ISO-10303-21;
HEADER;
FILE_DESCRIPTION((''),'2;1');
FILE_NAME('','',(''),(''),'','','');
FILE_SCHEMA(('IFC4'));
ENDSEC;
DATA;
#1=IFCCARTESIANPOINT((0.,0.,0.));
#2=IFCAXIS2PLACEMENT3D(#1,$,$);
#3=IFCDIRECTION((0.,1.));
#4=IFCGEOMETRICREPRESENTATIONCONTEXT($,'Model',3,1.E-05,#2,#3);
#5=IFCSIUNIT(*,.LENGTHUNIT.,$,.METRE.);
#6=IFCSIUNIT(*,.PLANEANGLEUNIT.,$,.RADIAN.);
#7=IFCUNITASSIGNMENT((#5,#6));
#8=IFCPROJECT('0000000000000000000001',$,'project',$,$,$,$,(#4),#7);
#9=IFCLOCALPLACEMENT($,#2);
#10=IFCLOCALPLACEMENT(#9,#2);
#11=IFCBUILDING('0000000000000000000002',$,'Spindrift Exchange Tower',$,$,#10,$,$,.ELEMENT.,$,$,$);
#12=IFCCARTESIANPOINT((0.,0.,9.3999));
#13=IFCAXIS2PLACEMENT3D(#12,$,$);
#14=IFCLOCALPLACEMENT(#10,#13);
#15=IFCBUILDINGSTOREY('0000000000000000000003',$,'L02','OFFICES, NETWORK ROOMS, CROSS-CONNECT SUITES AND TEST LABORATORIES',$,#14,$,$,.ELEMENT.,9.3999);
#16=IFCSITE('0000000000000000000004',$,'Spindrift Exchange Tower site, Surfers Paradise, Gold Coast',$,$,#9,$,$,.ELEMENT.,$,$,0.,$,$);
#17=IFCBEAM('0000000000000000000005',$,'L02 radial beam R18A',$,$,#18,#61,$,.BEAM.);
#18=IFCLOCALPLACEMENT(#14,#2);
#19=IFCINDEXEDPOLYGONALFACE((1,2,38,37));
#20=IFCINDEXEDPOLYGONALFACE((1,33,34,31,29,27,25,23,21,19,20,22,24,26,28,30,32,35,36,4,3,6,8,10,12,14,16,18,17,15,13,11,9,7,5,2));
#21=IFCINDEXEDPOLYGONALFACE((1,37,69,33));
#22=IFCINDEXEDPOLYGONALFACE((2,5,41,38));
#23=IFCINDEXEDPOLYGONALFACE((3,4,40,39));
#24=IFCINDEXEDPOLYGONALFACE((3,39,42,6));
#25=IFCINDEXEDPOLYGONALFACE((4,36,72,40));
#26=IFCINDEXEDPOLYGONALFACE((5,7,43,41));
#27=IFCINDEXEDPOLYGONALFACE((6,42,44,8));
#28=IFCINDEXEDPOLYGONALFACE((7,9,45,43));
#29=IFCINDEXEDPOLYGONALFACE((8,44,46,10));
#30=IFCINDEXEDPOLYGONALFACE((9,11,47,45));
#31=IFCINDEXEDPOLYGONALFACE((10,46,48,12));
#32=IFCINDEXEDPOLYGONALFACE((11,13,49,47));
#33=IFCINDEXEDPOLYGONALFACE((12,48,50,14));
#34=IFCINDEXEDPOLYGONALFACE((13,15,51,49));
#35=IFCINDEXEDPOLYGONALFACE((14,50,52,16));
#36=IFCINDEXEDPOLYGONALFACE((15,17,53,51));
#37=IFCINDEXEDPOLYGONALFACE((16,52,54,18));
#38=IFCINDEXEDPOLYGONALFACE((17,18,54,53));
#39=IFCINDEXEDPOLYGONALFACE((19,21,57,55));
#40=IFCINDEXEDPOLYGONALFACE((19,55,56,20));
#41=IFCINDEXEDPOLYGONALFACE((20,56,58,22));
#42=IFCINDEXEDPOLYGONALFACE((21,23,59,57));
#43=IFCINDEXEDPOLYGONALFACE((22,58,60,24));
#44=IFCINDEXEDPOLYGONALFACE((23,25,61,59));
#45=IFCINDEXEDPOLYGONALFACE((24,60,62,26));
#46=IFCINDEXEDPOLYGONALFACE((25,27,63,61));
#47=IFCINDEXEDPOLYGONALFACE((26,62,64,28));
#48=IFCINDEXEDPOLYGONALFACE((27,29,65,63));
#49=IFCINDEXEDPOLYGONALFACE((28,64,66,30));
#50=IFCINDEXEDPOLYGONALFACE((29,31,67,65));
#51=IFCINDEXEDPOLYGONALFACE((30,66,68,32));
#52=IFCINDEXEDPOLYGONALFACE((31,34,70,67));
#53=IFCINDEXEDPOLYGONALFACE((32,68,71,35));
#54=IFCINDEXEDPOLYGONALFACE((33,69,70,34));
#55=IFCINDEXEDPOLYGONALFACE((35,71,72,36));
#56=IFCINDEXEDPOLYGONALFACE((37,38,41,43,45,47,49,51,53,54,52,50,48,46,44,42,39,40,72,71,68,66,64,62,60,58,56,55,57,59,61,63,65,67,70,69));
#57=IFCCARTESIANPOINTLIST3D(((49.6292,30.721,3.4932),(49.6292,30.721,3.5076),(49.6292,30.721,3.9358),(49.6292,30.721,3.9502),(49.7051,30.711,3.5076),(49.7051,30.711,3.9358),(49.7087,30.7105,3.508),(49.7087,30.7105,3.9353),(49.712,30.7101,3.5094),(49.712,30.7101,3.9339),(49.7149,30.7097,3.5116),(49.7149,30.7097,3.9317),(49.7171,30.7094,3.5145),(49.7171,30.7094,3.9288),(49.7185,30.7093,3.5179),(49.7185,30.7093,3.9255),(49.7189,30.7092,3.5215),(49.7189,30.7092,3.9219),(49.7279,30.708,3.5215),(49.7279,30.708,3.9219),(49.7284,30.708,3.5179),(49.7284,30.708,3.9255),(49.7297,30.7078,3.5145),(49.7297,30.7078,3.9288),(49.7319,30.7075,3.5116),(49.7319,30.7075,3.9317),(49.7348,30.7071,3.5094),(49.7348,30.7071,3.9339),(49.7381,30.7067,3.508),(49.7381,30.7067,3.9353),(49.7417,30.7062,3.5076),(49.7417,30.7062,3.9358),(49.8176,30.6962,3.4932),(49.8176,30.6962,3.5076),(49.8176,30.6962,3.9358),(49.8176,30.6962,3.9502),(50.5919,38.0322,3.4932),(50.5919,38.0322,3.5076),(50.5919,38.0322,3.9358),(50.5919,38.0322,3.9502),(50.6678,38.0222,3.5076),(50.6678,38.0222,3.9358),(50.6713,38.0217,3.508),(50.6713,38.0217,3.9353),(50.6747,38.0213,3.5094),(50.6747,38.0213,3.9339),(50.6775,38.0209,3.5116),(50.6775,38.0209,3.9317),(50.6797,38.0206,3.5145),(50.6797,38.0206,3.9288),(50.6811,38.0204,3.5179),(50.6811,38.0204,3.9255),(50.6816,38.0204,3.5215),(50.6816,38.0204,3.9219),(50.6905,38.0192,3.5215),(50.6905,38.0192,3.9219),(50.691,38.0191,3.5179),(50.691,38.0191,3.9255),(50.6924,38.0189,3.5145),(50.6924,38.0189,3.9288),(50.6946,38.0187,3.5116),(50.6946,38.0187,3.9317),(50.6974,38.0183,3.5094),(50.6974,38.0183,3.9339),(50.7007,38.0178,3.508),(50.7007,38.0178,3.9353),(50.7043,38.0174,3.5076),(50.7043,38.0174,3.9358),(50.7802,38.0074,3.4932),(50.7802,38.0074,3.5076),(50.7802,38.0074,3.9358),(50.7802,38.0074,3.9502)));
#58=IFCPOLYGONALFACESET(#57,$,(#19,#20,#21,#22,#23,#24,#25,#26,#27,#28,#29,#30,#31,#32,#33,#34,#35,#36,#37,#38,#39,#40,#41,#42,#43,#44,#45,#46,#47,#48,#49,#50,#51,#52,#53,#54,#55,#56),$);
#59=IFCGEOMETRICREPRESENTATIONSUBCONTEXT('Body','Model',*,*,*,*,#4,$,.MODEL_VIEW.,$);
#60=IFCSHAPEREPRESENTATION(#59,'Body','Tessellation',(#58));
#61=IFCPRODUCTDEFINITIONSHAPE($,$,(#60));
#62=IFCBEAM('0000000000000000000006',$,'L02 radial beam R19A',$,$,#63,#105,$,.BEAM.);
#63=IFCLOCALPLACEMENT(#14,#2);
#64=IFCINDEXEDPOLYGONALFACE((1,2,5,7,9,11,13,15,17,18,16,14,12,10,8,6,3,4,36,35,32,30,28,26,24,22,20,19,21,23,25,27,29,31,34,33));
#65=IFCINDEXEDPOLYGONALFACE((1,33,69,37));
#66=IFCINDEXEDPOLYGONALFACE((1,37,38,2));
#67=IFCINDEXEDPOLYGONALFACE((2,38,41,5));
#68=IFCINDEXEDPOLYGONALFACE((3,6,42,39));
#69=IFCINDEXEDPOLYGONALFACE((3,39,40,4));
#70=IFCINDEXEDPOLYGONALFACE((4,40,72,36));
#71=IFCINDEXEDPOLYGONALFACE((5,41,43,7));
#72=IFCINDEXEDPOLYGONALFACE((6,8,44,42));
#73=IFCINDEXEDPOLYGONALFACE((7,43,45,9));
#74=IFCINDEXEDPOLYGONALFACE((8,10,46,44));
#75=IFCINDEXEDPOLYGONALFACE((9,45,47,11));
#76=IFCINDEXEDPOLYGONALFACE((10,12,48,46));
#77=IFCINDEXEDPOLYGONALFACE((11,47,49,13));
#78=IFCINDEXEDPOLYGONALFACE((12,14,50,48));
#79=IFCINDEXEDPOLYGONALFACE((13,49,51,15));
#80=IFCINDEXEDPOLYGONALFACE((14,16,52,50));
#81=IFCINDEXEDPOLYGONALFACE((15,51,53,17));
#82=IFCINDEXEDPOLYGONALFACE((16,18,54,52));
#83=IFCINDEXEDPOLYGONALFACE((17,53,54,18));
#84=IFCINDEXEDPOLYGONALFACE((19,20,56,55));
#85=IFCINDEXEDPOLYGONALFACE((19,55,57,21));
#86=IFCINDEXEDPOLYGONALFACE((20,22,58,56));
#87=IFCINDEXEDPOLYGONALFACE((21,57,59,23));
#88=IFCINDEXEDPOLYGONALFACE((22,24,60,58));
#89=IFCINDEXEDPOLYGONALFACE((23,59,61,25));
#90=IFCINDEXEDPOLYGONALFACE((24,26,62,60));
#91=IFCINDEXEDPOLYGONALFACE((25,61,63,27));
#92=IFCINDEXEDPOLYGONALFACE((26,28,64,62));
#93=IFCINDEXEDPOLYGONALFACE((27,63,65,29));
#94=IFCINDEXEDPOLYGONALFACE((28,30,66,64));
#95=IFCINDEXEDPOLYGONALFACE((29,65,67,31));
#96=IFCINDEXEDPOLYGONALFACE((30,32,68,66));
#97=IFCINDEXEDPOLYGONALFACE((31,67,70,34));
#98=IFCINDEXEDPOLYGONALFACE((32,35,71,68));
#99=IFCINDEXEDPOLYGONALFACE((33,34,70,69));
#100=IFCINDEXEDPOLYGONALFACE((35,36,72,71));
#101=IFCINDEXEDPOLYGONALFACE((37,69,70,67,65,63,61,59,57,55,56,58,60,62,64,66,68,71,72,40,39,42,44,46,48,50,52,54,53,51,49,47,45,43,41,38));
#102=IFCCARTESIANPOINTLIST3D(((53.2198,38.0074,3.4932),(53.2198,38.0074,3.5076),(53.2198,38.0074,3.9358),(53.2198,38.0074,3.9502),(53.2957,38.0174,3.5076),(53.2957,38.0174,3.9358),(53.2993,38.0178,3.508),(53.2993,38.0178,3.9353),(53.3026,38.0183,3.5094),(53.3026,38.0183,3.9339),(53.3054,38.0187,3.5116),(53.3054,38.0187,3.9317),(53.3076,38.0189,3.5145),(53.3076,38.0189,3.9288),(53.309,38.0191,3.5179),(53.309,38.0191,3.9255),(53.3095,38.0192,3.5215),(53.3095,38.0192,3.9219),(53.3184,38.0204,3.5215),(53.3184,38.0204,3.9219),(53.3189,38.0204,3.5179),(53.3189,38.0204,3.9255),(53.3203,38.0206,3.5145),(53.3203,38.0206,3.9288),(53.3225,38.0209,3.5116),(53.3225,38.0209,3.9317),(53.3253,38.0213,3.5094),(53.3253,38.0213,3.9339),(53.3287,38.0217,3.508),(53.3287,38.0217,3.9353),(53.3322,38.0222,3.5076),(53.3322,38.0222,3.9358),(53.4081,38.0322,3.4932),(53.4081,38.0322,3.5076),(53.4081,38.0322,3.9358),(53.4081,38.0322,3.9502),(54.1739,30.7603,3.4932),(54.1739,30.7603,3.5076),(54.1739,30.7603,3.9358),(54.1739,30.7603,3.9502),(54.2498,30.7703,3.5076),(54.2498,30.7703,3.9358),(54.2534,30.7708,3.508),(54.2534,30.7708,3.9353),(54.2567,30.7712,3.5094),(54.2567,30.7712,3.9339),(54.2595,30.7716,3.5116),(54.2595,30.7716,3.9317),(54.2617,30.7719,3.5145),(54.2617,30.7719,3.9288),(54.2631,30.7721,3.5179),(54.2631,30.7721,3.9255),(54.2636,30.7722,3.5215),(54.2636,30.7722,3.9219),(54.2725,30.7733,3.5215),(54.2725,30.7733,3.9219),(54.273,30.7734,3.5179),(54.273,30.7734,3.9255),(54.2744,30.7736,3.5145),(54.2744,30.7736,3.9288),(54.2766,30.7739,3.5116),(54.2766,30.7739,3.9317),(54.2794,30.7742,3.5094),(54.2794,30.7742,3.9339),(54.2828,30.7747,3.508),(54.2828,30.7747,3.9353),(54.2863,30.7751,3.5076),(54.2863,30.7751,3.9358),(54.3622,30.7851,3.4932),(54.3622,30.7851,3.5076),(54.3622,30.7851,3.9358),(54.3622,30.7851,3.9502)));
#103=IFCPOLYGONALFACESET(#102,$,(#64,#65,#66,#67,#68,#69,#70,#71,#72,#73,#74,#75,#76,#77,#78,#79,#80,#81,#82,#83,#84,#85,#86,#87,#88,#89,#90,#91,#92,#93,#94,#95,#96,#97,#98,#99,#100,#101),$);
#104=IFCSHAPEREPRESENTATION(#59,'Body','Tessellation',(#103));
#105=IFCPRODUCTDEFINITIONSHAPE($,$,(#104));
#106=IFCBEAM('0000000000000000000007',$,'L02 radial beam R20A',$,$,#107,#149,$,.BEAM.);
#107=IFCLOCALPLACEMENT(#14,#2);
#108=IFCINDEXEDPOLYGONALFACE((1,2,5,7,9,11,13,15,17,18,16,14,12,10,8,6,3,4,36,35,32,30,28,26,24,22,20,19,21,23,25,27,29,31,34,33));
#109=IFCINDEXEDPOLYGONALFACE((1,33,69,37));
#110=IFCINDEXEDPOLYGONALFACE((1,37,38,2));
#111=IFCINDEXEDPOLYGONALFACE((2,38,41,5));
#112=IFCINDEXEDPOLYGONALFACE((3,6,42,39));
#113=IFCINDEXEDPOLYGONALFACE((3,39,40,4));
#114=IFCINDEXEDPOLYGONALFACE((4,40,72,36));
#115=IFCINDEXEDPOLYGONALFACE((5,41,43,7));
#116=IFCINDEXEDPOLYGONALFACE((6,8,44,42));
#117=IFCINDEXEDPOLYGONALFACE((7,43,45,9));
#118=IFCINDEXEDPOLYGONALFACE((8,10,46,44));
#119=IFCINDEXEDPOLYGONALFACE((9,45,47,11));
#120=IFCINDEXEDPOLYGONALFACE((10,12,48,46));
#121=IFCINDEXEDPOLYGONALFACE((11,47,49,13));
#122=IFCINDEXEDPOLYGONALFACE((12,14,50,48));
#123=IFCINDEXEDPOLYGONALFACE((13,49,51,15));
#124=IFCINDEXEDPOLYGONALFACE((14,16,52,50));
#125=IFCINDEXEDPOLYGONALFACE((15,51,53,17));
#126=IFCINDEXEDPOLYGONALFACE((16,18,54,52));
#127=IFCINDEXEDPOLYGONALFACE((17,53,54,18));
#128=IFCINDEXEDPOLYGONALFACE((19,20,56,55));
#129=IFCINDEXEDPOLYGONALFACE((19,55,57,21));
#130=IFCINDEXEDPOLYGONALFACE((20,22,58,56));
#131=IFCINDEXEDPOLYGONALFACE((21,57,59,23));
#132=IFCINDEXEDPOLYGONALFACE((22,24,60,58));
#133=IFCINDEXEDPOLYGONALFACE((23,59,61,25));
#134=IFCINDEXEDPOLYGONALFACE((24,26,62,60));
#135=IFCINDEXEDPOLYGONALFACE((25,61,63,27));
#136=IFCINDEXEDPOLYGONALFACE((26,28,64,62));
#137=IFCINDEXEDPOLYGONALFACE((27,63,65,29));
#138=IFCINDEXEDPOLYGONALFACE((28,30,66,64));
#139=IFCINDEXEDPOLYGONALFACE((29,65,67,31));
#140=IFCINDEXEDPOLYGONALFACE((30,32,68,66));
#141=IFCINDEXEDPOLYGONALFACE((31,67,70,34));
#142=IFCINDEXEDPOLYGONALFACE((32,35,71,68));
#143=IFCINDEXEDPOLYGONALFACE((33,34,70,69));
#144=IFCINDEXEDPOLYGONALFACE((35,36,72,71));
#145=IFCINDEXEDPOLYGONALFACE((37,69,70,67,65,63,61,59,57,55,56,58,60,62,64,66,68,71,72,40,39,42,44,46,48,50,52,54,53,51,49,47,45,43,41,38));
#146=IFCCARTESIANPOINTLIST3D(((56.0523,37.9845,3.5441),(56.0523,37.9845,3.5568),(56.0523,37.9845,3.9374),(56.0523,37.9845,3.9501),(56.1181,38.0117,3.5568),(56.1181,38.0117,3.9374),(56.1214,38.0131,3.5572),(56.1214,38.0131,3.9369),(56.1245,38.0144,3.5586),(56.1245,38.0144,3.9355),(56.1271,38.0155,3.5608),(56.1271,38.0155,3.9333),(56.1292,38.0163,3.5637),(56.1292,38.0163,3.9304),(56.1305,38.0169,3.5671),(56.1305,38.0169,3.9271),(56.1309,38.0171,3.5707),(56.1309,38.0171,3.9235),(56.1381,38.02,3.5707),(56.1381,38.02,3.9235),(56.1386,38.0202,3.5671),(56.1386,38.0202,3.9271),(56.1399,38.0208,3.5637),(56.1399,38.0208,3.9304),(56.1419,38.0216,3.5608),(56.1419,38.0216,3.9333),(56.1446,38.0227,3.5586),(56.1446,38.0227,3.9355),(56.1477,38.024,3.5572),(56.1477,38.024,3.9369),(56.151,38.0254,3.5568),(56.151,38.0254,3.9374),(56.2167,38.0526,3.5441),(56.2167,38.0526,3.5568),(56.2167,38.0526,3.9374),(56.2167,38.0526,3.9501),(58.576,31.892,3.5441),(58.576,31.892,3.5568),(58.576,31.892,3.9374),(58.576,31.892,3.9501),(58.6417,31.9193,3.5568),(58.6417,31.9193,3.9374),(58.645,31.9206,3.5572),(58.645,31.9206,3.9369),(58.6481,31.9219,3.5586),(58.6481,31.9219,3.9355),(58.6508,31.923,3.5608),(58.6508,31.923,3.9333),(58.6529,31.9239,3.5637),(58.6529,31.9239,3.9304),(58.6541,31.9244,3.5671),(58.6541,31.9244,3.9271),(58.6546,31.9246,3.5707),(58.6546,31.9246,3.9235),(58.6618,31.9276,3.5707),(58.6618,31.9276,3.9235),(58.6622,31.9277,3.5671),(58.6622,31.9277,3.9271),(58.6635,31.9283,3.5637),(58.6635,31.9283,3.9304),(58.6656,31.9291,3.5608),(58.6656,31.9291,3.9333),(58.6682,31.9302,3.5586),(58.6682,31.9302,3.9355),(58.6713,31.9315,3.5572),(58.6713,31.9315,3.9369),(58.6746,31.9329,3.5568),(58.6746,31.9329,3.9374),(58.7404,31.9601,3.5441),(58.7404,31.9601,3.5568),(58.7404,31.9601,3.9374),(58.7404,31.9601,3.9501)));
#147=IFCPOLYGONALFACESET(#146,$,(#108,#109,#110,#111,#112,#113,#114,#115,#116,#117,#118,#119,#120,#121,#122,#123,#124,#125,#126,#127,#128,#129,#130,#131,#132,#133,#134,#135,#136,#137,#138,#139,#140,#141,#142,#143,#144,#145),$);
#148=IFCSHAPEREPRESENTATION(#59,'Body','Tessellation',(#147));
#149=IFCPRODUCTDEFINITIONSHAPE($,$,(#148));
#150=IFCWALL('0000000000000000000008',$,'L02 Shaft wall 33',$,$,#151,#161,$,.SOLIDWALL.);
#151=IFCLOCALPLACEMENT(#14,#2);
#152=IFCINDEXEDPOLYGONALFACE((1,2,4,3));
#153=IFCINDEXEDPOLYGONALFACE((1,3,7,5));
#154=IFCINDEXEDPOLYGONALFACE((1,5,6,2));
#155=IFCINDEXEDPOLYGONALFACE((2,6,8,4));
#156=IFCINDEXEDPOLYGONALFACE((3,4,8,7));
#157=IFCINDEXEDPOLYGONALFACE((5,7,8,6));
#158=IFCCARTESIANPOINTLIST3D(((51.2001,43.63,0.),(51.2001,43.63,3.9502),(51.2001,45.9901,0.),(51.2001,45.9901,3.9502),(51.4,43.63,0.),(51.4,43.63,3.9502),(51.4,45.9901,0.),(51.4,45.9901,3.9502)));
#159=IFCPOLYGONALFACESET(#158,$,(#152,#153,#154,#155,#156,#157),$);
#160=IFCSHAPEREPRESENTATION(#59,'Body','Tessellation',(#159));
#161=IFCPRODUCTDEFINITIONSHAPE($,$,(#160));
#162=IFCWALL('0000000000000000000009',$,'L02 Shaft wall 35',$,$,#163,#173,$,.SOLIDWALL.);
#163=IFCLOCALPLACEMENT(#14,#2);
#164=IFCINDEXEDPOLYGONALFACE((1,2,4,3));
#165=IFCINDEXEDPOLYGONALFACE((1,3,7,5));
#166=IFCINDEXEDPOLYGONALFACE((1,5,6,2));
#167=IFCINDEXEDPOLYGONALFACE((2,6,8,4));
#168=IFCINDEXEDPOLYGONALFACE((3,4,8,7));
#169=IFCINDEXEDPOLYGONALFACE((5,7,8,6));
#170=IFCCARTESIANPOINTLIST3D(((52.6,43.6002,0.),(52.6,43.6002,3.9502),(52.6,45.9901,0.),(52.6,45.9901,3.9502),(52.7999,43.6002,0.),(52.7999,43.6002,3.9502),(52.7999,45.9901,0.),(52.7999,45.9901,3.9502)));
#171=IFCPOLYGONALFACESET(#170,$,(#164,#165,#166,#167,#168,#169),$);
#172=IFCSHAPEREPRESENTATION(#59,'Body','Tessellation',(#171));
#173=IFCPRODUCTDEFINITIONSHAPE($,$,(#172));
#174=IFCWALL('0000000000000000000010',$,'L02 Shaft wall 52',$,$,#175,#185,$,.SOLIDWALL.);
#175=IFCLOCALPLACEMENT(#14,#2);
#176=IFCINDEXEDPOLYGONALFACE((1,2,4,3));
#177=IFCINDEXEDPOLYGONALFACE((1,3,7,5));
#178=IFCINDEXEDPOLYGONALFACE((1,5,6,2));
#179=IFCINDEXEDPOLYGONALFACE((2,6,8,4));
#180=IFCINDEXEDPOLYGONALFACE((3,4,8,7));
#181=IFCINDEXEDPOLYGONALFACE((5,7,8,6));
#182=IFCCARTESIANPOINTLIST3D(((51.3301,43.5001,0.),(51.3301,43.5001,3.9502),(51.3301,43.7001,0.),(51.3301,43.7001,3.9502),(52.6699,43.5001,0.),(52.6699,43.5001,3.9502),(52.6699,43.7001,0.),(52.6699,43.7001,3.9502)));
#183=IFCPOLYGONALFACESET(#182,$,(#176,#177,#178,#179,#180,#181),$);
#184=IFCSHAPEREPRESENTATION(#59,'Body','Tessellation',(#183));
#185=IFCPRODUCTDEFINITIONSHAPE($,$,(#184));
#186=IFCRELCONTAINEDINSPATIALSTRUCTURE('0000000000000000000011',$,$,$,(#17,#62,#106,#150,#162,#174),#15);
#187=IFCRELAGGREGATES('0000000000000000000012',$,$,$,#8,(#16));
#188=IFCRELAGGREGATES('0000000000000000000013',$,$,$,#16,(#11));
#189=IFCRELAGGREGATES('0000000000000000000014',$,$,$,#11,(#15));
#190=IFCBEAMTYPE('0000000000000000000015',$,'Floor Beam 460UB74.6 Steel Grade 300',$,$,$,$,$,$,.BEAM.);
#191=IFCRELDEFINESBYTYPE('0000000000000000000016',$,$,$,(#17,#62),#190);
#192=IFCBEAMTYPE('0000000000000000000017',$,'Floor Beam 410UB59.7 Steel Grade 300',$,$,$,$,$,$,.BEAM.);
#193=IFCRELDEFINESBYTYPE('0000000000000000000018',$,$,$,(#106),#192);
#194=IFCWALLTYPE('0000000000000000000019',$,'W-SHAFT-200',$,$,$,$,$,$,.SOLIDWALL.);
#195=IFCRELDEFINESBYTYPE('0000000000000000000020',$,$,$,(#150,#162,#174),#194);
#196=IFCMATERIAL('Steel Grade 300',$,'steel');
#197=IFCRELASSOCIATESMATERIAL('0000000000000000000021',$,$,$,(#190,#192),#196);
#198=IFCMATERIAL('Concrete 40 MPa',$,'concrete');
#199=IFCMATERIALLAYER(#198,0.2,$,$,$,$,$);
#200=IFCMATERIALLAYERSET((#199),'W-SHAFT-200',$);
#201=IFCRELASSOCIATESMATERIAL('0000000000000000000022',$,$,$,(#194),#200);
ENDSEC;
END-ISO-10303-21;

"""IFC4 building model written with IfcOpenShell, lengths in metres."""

from ifc_helpers import new_model, si_unit, direction, frame, frame_2d, origin, origin_2d, place, context, subcontext, project, spatial, rectangle, i_section, extrude, source, transform, mapped, material, layer, layer_set, material_profile, profile_set, type_object, element, save


model = new_model("IFC4")

# Units and contexts
model_context = context("Model", 3, precision=1e-05, world=origin(), true_north=direction((0.0, 1.0)))
body_context = subcontext(model_context, "Body", "Model", "MODEL_VIEW")
ifc_project = project(units=[si_unit("LENGTHUNIT", "METRE"), si_unit("PLANEANGLEUNIT", "RADIAN")], contexts=[model_context])

# Site, building, storey
site_placement = place(None, origin())
site = spatial("IfcSite", under=ifc_project, at=site_placement, Name="Spindrift Exchange Tower site, Surfers Paradise, Gold Coast", CompositionType="ELEMENT", RefElevation=0.0)
building_placement = place(site_placement, origin())
building = spatial("IfcBuilding", under=site, at=building_placement, Name="Spindrift Exchange Tower", CompositionType="ELEMENT")
storey_placement = place(building_placement, frame((0.0, 0.0, 9.3999)))
storey = spatial("IfcBuildingStorey", under=building, at=storey_placement, Name="L02", Description="OFFICES, NETWORK ROOMS, CROSS-CONNECT SUITES AND TEST LABORATORIES", CompositionType="ELEMENT", Elevation=9.3999)

# Beams
ifc_material_1 = material(Name="Steel Grade 300", Category="steel")
ifc_material_profile_1 = material_profile(ifc_material_1, i_section(OverallWidth=0.1899, OverallDepth=0.457, WebThickness=0.009, FlangeThickness=0.0144, FilletRadius=0.0139, at=origin_2d()), Name="460UB74.6")
ifc_profile_set_1 = profile_set([ifc_material_profile_1], Name="Steel Grade 300")
beam_type_1 = type_object("IfcBeamType", Name="Floor Beam 460UB74.6 Steel Grade 300", PredefinedType="BEAM", material=ifc_profile_set_1)
shared_shape_1 = source(origin(), body_context, "Body", "SweptSolid", [
    extrude(i_section(OverallWidth=0.1899, OverallDepth=0.457, WebThickness=0.009, FlangeThickness=0.0144, FilletRadius=0.0139, at=origin_2d()), origin(), (0.0, 0.0, 1.0), 7.3743),
])
beam_1_placement = place(storey_placement, frame((50.686, 38.0198, 3.7217), z_axis=(-0.130539, -0.991443, 0.0), x_axis=(0.991443, -0.130539, 0.0)))
element("IfcBeam", 1, at=beam_1_placement, inside=storey, type_object=beam_type_1, Name="L02 radial beam R18A", PredefinedType="BEAM", context=body_context, shape_type="MappedRepresentation", body=[
    mapped(shared_shape_1, transform((0.0, 0.0, 0.0), scale=1.0)),
])
shared_shape_2 = source(origin(), body_context, "Body", "SweptSolid", [
    extrude(i_section(OverallWidth=0.1899, OverallDepth=0.457, WebThickness=0.009, FlangeThickness=0.0144, FilletRadius=0.0139, at=origin_2d()), origin(), (0.0, 0.0, 1.0), 7.3096),
])
beam_2_placement = place(storey_placement, frame((53.314, 38.0198, 3.7217), z_axis=(0.130527, -0.991445, 0.0), x_axis=(0.991445, 0.130527, 0.0)))
element("IfcBeam", 2, at=beam_2_placement, inside=storey, type_object=beam_type_1, Name="L02 radial beam R19A", PredefinedType="BEAM", context=body_context, shape_type="MappedRepresentation", body=[
    mapped(shared_shape_2, transform((0.0, 0.0, 0.0), scale=1.0)),
])
ifc_material_profile_2 = material_profile(ifc_material_1, i_section(OverallWidth=0.178, OverallDepth=0.406, WebThickness=0.0078, FlangeThickness=0.0127, FilletRadius=0.0139, at=origin_2d()), Name="410UB59.7")
ifc_profile_set_2 = profile_set([ifc_material_profile_2], Name="Steel Grade 300")
beam_type_2 = type_object("IfcBeamType", Name="Floor Beam 410UB59.7 Steel Grade 300", PredefinedType="BEAM", material=ifc_profile_set_2)
shared_shape_3 = source(origin(), body_context, "Body", "SweptSolid", [
    extrude(i_section(OverallWidth=0.178, OverallDepth=0.406, WebThickness=0.0078, FlangeThickness=0.0127, FilletRadius=0.0139, at=origin_2d()), origin(), (0.0, 0.0, 1.0), 6.5945),
])
beam_3_placement = place(storey_placement, frame((56.1345, 38.0186, 3.7471), z_axis=(0.382693, -0.923876, 0.0), x_axis=(0.923876, 0.382693, 0.0)))
element("IfcBeam", 3, at=beam_3_placement, inside=storey, type_object=beam_type_2, Name="L02 radial beam R20A", PredefinedType="BEAM", context=body_context, shape_type="MappedRepresentation", body=[
    mapped(shared_shape_3, transform((0.0, 0.0, 0.0), scale=1.0)),
])

# Walls
ifc_material_2 = material(Name="Concrete 40 MPa", Category="concrete")
ifc_layer_1 = layer(ifc_material_2, 0.2)
ifc_layer_set_1 = layer_set([ifc_layer_1], Name="W-SHAFT-200")
wall_type_1 = type_object("IfcWallType", Name="W-SHAFT-200", PredefinedType="SOLIDWALL", material=ifc_layer_set_1)
wall_1_placement = place(storey_placement, frame((51.3, 43.6299, 0.0), z_axis=(0.0, 0.0, 1.0), x_axis=(0.0, 1.0, 0.0)))
element("IfcWall", 4, at=wall_1_placement, inside=storey, type_object=wall_type_1, Name="L02 Shaft wall 33", PredefinedType="SOLIDWALL", context=body_context, shape_type="SweptSolid", body=[
    extrude(rectangle(XDim=2.3601, YDim=0.2, at=frame_2d((1.1802, 0.0))), origin(), (0.0, 0.0, 1.0), 3.9502),
])
wall_2_placement = place(storey_placement, frame((52.7, 45.99, 0.0), z_axis=(0.0, 0.0, 1.0), x_axis=(0.0, -1.0, 0.0)))
element("IfcWall", 5, at=wall_2_placement, inside=storey, type_object=wall_type_1, Name="L02 Shaft wall 35", PredefinedType="SOLIDWALL", context=body_context, shape_type="SweptSolid", body=[
    extrude(rectangle(XDim=2.3899, YDim=0.2, at=frame_2d((1.1948, 0.0))), origin(), (0.0, 0.0, 1.0), 3.9502),
])
wall_3_placement = place(storey_placement, frame((52.6699, 43.6001, 0.0), z_axis=(0.0, 0.0, 1.0), x_axis=(-1.0, 0.0, 0.0)))
element("IfcWall", 6, at=wall_3_placement, inside=storey, type_object=wall_type_1, Name="L02 Shaft wall 52", PredefinedType="SOLIDWALL", context=body_context, shape_type="SweptSolid", body=[
    extrude(rectangle(XDim=1.3398, YDim=0.2, at=frame_2d((0.6699, 0.0))), origin(), (0.0, 0.0, 1.0), 3.9502),
])

save(model, "model.ifc")
